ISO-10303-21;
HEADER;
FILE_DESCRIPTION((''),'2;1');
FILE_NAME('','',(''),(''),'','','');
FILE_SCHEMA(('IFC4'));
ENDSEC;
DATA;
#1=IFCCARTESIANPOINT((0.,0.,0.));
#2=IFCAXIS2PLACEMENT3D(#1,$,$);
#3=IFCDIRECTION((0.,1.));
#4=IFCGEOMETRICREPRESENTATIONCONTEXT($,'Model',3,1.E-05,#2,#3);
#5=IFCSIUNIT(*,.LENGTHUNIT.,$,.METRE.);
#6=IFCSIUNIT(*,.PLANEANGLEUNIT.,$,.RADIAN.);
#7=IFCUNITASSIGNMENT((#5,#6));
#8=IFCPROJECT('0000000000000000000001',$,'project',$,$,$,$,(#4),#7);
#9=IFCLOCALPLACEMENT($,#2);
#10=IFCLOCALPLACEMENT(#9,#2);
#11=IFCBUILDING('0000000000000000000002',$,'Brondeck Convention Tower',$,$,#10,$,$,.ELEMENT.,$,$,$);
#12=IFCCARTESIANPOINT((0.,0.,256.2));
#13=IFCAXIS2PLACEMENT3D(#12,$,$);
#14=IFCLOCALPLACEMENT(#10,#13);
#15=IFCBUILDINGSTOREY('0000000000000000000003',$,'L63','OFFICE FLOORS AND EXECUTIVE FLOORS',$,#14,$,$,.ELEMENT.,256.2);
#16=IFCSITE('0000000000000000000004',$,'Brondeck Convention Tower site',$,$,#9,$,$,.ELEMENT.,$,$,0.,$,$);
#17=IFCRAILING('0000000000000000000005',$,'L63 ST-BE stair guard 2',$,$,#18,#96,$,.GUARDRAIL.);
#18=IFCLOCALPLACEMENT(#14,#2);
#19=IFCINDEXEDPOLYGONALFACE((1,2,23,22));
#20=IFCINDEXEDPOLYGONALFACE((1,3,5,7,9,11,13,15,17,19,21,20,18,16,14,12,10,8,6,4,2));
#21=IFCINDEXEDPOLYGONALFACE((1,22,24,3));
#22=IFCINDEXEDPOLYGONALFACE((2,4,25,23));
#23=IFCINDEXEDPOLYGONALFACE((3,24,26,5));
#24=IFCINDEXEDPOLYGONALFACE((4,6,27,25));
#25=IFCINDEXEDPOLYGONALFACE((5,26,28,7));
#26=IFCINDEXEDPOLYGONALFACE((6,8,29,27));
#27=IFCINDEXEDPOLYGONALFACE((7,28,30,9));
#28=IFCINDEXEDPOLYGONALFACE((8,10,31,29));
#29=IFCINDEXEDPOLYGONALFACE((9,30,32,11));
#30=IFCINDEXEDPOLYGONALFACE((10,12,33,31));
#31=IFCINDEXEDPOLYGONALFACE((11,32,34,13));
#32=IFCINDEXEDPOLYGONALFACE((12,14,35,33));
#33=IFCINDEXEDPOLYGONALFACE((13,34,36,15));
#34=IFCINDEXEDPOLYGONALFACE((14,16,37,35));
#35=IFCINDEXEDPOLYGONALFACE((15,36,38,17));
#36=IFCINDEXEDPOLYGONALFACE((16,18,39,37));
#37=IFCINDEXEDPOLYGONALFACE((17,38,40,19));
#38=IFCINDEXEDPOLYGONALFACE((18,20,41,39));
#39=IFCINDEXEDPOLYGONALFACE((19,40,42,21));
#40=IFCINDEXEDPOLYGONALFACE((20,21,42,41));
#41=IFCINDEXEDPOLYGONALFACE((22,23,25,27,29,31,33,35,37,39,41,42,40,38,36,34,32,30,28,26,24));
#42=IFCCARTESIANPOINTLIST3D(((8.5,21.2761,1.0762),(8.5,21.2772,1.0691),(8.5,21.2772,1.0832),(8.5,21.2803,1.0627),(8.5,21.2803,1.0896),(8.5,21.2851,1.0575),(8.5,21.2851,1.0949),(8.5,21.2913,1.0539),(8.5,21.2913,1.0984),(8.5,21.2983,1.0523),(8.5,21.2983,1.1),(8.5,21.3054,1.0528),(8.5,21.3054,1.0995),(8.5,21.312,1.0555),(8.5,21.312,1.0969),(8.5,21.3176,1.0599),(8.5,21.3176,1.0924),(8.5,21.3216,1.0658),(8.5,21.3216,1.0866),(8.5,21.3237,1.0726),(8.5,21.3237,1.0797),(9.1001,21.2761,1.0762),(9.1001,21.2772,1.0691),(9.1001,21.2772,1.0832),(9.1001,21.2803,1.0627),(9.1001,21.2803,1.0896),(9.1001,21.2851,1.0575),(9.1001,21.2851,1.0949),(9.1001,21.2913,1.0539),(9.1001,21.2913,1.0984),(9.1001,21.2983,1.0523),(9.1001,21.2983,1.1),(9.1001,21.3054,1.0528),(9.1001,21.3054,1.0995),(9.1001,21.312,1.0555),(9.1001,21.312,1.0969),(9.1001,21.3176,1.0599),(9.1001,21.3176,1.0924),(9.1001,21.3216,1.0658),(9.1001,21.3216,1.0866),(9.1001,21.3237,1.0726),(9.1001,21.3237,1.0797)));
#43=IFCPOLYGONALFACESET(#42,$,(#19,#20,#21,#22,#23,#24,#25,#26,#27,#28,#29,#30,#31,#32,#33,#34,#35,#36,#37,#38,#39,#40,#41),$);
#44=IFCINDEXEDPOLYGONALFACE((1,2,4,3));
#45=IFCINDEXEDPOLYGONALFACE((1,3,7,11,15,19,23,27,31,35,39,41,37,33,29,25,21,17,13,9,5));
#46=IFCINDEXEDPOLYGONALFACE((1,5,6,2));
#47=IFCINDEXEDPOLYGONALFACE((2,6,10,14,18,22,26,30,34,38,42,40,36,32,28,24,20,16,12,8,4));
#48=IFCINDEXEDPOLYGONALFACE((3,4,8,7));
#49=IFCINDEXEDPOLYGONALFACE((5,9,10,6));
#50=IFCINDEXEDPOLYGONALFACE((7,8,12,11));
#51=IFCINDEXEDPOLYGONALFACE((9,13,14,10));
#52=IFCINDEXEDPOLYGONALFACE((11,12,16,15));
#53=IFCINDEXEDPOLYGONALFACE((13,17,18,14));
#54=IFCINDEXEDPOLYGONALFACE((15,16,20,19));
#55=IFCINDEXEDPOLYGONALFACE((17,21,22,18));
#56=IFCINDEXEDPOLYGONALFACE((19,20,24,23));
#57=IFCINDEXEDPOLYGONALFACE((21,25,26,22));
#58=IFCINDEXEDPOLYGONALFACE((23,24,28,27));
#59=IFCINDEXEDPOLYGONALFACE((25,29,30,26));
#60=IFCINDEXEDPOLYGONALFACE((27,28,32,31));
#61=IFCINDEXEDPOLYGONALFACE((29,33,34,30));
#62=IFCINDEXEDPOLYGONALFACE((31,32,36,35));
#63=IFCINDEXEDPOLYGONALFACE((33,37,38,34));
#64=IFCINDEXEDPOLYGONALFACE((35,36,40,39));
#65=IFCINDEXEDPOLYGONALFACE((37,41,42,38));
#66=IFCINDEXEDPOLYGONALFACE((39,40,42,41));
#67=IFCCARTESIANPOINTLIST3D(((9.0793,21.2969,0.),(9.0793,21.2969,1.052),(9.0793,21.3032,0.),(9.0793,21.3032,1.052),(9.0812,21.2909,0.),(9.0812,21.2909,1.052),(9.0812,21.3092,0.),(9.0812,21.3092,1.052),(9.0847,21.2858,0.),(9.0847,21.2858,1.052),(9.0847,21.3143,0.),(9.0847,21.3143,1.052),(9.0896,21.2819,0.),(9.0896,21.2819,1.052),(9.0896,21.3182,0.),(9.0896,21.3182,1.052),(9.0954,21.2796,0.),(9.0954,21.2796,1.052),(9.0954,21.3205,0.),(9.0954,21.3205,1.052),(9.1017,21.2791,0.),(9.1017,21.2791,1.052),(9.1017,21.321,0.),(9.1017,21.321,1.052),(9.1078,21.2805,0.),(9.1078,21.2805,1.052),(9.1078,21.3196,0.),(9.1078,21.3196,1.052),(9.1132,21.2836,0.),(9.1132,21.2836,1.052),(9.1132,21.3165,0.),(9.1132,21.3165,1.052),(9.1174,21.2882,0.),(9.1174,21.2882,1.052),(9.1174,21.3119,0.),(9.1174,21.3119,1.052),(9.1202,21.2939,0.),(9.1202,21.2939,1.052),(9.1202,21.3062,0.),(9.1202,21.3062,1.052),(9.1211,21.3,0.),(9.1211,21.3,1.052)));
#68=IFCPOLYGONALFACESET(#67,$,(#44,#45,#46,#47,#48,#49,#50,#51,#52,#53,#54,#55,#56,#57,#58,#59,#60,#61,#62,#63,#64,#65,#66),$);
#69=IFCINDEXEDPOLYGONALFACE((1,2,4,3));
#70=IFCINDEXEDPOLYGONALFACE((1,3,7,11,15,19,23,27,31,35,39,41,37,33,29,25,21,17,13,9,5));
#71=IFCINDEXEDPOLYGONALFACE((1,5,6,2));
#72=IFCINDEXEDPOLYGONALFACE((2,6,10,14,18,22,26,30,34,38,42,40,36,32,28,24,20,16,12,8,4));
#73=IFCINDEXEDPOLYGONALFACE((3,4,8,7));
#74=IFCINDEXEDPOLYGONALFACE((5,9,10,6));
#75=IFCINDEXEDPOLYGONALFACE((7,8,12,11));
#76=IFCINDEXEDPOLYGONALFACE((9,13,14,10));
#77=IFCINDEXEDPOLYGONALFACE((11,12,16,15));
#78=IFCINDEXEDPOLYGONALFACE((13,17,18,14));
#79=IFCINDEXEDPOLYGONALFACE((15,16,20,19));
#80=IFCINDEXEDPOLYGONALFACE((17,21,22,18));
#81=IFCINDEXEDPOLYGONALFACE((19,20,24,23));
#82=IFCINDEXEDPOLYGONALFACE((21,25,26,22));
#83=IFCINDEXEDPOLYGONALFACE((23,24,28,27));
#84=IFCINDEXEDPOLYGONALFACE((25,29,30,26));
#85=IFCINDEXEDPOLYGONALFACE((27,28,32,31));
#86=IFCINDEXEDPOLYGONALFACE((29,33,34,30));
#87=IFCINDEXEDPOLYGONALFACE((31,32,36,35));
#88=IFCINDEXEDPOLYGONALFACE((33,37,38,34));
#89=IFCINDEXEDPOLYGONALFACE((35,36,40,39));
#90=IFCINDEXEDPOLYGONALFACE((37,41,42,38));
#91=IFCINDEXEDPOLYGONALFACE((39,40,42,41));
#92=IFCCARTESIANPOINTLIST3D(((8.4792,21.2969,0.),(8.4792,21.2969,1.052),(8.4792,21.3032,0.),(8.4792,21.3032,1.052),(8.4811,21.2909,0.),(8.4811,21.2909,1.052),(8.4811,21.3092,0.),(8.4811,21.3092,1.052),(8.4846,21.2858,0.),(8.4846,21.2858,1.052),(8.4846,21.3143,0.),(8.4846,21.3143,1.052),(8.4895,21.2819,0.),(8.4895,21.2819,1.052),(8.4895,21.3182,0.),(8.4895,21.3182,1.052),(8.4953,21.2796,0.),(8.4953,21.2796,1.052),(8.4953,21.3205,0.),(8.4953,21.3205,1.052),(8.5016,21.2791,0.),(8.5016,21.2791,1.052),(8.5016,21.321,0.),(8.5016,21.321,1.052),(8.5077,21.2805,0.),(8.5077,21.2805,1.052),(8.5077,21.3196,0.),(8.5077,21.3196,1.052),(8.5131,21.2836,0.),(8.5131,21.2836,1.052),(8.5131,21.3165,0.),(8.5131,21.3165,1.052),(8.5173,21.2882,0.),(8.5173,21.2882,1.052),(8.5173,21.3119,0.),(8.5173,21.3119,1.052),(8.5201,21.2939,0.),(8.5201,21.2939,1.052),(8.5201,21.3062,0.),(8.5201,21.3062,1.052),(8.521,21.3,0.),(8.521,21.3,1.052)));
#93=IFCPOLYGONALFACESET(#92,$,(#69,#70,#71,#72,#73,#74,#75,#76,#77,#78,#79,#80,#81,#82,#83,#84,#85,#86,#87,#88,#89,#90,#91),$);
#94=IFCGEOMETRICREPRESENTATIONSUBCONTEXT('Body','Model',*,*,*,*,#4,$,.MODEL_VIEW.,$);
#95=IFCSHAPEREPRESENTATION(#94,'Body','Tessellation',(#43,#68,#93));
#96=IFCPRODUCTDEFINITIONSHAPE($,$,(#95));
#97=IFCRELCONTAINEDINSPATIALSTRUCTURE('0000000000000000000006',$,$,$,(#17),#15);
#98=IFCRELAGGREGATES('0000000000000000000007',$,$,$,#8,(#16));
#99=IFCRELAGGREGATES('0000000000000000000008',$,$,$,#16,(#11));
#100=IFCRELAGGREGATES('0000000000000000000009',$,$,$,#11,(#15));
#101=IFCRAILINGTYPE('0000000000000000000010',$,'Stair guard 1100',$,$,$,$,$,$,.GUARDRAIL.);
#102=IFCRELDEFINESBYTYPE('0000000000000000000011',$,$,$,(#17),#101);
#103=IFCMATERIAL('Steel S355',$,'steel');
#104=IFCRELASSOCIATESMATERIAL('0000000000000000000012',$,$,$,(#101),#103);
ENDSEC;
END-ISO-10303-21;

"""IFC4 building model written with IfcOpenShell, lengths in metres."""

from ifc_helpers import new_model, si_unit, direction, frame, origin, origin_2d, place, context, subcontext, project, spatial, circle, extrude, material, type_object, element, save


model = new_model("IFC4")

# Units and contexts
model_context = context("Model", 3, precision=1e-05, world=origin(), true_north=direction((0.0, 1.0)))
body_context = subcontext(model_context, "Body", "Model", "MODEL_VIEW")
ifc_project = project(units=[si_unit("LENGTHUNIT", "METRE"), si_unit("PLANEANGLEUNIT", "RADIAN")], contexts=[model_context])

# Site, building, storey
site_placement = place(None, origin())
site = spatial("IfcSite", under=ifc_project, at=site_placement, Name="Brondeck Convention Tower site", CompositionType="ELEMENT", RefElevation=0.0)
building_placement = place(site_placement, origin())
building = spatial("IfcBuilding", under=site, at=building_placement, Name="Brondeck Convention Tower", CompositionType="ELEMENT")
storey_placement = place(building_placement, frame((0.0, 0.0, 256.2)))
storey = spatial("IfcBuildingStorey", under=building, at=storey_placement, Name="L63", Description="OFFICE FLOORS AND EXECUTIVE FLOORS", CompositionType="ELEMENT", Elevation=256.2)

# Railing
ifc_material_1 = material(Name="Steel S355", Category="steel")
railing_type = type_object("IfcRailingType", Name="Stair guard 1100", PredefinedType="GUARDRAIL", material=ifc_material_1)
railing_placement = place(storey_placement, frame((9.1001, 21.3, 0.0)))
element("IfcRailing", 1, at=railing_placement, inside=storey, type_object=railing_type, Name="L63 ST-BE stair guard 2", PredefinedType="GUARDRAIL", context=body_context, shape_type="SweptSolid", body=[
    extrude(circle(Radius=0.0239, at=origin_2d()), frame((0.0, 0.0, 1.0762), z_axis=(-1.0, 0.0, 0.0), x_axis=(0.0, -1.0, 0.0)), (0.0, 0.0, 1.0), 0.6001),
    extrude(circle(Radius=0.021, at=origin_2d()), origin(), (0.0, 0.0, 1.0), 1.052),
    extrude(circle(Radius=0.021, at=origin_2d()), frame((-0.6001, 0.0, 0.0)), (0.0, 0.0, 1.0), 1.052),
])

save(model, "model.ifc")
